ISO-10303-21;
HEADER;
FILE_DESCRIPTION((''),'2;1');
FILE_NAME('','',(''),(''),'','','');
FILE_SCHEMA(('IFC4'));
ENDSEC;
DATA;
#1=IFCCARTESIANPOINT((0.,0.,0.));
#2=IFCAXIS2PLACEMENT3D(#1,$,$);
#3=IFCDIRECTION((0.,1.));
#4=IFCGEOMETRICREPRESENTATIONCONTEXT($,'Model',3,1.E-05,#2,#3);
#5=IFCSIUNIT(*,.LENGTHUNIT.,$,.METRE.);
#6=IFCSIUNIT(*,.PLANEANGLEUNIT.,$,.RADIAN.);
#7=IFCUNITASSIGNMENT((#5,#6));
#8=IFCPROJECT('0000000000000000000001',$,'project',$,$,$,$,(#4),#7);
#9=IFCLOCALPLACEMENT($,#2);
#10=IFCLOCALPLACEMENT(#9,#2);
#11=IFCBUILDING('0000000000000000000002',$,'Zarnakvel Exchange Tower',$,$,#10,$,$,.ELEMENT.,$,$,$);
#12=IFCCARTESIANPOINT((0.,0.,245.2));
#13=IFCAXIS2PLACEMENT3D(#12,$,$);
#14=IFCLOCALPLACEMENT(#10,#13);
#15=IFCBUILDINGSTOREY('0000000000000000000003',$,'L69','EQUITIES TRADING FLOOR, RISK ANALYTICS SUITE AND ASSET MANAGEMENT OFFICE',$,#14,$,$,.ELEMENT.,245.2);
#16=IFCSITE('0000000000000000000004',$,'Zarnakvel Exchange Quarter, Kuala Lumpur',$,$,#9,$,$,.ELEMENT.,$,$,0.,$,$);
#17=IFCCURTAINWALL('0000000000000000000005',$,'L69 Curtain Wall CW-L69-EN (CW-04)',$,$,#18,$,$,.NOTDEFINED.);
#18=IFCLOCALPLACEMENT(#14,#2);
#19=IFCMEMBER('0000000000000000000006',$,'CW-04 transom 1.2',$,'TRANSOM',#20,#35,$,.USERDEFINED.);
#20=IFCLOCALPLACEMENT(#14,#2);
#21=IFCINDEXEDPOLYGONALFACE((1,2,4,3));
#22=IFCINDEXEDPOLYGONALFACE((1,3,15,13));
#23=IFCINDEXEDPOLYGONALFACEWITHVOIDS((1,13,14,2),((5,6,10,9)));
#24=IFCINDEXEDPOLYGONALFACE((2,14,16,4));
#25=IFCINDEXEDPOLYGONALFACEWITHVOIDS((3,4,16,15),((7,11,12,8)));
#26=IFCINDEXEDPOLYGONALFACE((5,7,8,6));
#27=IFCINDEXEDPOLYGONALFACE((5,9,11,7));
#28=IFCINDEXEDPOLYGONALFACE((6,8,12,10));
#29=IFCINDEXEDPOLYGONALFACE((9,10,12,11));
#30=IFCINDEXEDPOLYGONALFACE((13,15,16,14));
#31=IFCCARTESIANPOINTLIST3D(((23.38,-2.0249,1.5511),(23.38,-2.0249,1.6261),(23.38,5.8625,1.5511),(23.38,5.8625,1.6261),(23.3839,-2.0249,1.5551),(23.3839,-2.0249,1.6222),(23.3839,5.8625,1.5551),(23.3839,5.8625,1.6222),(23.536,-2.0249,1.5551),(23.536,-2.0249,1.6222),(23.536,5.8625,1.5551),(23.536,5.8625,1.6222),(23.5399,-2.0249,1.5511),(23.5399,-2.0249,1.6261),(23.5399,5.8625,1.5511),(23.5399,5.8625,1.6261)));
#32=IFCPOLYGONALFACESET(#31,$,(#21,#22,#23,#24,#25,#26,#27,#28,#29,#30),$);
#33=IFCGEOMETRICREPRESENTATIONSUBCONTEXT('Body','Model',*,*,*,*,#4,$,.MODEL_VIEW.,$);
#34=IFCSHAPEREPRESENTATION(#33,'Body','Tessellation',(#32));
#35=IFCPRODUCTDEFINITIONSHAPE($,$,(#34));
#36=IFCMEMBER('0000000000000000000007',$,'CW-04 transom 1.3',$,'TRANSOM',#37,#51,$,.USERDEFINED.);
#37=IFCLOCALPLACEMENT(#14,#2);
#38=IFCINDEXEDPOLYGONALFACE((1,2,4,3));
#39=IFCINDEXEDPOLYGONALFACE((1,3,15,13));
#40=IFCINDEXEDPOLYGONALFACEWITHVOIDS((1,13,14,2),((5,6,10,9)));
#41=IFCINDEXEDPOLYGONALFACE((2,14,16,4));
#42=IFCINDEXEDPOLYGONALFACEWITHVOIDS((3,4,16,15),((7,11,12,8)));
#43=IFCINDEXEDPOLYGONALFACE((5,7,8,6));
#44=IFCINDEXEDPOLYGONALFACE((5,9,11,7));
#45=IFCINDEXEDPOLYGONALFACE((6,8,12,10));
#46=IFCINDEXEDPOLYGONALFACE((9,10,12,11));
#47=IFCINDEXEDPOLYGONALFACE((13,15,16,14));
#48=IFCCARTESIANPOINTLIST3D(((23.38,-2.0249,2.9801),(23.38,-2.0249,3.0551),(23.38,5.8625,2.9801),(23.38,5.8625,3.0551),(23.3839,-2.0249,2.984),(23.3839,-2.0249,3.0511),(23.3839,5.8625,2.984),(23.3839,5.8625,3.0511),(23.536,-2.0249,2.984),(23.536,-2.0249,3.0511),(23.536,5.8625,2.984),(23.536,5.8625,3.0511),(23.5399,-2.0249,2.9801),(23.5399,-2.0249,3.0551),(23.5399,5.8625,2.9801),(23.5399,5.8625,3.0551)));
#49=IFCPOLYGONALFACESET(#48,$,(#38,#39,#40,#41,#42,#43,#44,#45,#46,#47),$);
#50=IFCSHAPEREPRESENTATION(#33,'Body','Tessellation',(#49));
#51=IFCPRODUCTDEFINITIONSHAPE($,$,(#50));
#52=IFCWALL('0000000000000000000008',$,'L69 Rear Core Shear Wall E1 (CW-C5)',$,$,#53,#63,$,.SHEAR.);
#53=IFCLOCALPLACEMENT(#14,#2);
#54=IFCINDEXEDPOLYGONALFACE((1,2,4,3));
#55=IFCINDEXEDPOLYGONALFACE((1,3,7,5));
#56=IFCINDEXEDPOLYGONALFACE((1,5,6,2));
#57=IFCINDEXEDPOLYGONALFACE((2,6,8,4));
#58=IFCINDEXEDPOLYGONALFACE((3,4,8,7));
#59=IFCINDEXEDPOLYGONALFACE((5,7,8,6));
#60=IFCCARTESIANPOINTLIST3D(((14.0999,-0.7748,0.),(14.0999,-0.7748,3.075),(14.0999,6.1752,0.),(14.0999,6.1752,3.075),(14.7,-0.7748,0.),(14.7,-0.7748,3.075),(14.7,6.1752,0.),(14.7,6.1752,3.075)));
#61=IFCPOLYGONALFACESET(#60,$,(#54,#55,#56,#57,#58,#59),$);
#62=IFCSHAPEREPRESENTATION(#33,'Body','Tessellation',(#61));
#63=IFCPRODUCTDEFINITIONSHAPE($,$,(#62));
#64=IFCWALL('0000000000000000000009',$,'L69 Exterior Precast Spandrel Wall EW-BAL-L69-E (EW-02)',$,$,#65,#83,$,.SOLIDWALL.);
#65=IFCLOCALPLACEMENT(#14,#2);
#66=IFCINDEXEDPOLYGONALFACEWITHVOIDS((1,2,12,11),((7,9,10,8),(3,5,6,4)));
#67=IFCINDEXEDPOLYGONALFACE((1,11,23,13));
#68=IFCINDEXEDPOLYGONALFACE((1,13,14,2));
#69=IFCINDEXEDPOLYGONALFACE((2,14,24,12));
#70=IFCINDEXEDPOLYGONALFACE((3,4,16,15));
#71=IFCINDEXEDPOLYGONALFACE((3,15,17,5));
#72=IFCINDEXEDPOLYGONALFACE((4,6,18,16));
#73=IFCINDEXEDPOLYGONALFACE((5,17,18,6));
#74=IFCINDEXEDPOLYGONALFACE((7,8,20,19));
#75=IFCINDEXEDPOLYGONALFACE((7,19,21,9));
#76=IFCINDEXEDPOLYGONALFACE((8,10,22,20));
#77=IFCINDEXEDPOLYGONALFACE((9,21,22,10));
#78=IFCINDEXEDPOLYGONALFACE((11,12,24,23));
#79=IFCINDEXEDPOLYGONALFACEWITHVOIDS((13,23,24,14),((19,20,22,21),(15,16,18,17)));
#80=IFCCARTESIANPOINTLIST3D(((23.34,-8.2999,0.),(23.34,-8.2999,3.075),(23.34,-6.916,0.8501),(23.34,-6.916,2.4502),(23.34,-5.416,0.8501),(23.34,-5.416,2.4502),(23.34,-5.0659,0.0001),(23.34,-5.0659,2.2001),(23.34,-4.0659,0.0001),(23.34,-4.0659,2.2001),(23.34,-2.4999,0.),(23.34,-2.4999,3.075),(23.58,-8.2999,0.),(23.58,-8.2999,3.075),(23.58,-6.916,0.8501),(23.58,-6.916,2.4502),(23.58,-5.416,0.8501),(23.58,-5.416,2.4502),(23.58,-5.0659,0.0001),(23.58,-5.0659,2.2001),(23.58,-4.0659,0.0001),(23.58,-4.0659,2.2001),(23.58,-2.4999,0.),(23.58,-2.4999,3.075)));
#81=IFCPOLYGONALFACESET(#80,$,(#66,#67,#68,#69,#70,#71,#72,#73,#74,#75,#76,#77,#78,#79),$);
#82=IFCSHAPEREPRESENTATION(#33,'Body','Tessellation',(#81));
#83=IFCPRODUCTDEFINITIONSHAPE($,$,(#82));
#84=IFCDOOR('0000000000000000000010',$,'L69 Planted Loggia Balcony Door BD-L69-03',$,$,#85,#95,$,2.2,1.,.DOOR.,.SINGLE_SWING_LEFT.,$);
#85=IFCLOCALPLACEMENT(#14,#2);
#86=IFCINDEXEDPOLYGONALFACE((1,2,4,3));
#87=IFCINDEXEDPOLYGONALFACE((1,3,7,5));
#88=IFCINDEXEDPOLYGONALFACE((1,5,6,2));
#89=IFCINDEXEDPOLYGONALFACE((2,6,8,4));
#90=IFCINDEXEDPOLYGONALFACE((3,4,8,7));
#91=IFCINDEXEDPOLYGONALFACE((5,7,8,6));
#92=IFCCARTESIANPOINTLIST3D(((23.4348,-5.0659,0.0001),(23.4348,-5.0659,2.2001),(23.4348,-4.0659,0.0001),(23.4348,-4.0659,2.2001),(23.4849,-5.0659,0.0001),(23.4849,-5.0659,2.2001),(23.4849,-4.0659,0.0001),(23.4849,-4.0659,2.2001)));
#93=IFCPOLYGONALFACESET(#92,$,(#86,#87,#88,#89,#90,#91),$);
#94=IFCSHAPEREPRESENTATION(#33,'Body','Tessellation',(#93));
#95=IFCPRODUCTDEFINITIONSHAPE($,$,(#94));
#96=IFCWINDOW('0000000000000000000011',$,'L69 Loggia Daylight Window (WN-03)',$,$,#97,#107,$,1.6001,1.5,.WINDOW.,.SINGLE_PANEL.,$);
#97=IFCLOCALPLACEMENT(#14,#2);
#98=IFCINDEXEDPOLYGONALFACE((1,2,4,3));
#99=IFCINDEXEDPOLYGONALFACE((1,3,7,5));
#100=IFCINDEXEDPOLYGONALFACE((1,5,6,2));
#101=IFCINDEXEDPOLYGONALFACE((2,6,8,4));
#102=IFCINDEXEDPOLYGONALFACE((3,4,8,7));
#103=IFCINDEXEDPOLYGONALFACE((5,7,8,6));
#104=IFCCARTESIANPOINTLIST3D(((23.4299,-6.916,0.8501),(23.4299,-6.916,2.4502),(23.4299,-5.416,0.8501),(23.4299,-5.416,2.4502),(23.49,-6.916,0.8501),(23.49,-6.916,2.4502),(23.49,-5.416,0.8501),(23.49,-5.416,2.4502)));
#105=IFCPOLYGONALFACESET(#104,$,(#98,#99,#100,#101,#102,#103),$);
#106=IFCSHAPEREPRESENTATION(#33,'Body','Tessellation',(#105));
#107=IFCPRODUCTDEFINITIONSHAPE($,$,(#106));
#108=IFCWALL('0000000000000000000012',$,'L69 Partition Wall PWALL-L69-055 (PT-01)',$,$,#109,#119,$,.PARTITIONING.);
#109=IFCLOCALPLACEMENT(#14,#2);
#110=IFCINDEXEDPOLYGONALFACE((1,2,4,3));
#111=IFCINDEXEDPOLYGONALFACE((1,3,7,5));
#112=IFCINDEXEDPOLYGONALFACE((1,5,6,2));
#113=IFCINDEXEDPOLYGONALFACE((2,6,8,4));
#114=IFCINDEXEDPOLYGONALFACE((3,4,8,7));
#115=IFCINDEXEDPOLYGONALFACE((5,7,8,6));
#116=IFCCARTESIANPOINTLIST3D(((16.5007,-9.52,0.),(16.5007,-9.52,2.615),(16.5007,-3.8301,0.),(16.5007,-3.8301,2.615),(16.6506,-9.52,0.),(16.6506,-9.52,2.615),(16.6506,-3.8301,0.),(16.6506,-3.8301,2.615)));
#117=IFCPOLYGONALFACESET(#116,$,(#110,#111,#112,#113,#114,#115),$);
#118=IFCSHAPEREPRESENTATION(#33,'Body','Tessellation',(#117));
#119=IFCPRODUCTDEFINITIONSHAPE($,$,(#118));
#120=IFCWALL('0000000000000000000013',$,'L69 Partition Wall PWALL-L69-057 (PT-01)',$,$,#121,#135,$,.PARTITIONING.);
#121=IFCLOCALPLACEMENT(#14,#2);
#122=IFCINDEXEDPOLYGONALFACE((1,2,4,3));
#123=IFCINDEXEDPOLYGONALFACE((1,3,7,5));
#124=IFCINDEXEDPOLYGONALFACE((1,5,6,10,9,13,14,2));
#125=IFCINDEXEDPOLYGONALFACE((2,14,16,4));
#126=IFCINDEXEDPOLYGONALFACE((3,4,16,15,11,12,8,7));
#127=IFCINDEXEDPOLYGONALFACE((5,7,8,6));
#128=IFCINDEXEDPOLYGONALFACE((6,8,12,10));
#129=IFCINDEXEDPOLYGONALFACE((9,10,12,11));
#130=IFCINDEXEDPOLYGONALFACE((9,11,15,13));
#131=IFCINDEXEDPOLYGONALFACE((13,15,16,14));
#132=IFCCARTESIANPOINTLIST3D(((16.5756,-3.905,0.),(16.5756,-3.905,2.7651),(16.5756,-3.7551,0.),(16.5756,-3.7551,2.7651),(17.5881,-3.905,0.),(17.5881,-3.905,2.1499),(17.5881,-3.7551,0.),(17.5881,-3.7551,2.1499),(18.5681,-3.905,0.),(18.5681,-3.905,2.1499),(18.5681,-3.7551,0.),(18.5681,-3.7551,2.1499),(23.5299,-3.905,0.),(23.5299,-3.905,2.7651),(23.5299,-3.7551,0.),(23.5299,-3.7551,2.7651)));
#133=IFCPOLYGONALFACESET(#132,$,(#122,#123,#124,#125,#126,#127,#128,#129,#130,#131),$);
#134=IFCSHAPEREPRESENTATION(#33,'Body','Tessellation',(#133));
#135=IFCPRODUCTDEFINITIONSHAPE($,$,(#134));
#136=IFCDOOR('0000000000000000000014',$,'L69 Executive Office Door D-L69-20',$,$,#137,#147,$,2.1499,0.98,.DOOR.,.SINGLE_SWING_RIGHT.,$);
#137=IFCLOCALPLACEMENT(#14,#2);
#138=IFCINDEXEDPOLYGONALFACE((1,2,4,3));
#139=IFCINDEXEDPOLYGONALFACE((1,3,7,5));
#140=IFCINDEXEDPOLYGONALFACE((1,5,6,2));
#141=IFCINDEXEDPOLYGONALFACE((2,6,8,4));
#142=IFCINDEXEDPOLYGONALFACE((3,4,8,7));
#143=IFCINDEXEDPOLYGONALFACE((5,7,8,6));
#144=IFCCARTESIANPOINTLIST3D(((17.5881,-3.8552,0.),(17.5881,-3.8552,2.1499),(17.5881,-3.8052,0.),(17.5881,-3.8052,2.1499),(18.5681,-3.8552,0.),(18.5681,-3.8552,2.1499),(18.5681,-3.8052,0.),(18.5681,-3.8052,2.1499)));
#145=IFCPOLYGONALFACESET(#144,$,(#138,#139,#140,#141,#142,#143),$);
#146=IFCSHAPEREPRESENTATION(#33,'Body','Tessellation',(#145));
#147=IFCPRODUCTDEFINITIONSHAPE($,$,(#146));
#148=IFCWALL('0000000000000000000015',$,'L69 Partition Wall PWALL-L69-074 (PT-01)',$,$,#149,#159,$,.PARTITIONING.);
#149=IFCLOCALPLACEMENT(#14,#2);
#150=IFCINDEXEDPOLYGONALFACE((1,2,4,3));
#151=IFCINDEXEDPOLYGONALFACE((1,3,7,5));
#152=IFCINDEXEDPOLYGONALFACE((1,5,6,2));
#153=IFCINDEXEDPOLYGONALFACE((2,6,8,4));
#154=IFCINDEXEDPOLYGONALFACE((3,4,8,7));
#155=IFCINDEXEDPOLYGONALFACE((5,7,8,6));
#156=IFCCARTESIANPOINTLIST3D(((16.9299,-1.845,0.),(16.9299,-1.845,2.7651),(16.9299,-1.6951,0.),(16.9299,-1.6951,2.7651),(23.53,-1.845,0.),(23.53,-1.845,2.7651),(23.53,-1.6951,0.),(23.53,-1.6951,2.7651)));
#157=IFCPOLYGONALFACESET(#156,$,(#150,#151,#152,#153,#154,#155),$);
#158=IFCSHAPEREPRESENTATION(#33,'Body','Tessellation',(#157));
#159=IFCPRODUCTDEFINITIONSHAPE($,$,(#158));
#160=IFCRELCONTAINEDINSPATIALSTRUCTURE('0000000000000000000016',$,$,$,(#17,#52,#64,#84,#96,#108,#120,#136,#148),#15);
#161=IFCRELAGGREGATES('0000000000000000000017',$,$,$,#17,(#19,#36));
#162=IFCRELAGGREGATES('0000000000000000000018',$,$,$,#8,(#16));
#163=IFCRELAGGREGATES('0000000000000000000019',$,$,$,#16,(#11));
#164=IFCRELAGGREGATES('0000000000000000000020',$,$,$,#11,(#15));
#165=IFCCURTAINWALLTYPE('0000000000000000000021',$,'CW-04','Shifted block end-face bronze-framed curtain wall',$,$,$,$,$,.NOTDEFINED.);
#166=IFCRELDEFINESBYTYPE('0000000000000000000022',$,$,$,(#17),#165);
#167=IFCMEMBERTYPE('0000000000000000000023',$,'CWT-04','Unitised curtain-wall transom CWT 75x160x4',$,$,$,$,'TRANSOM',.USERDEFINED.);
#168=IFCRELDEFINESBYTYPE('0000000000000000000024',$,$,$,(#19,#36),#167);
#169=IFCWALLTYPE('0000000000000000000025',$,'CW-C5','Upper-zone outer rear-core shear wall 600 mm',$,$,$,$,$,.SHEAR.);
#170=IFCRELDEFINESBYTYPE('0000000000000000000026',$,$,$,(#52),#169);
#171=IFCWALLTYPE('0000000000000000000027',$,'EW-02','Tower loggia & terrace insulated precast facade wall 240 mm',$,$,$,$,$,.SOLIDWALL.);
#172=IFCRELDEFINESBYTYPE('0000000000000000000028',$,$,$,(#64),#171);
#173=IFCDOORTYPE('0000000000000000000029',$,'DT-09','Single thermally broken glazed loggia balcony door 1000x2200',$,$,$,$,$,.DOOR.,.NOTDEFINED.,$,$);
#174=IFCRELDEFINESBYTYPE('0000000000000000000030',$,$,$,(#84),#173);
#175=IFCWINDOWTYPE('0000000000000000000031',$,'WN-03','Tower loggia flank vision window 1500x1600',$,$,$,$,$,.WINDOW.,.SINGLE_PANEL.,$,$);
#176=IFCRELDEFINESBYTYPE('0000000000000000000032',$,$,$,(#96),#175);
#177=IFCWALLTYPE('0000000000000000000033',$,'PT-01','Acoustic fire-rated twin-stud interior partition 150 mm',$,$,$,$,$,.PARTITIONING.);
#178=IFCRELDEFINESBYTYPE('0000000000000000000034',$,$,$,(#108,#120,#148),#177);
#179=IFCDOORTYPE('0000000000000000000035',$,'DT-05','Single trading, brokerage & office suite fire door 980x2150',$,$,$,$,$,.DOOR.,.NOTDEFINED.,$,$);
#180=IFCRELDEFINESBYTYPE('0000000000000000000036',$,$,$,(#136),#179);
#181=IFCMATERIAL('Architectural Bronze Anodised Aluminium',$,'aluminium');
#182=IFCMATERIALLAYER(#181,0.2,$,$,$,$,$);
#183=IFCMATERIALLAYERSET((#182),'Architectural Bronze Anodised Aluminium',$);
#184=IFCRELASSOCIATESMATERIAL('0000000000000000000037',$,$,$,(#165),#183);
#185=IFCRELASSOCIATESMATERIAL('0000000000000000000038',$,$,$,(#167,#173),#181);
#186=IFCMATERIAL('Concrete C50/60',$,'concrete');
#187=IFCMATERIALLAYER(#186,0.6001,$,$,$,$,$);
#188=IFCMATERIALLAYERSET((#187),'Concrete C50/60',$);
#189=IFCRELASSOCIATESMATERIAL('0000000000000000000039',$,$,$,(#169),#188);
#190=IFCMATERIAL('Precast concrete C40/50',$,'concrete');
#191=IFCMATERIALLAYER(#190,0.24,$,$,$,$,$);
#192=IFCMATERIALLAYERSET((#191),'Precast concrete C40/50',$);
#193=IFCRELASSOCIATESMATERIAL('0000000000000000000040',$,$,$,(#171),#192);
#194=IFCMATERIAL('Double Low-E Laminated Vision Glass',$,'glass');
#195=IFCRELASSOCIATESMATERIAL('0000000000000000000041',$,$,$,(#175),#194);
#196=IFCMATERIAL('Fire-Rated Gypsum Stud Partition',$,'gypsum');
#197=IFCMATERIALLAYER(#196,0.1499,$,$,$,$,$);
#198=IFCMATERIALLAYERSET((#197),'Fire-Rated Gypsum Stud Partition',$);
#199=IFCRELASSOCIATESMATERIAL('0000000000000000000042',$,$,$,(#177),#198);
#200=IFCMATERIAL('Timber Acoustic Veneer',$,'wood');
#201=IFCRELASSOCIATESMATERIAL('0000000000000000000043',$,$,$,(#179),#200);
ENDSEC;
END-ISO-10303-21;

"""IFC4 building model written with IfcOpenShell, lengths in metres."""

from ifc_helpers import new_model, si_unit, direction, frame, frame_2d, origin, origin_2d, place, context, subcontext, project, spatial, rectangle, hollow_rectangle, extrude, source, transform, mapped, material, layer, layer_set, material_profile, profile_set, type_object, element, fill, aggregate, save


model = new_model("IFC4")

# Units and contexts
model_context = context("Model", 3, precision=1e-05, world=origin(), true_north=direction((0.0, 1.0)))
body_context = subcontext(model_context, "Body", "Model", "MODEL_VIEW")
ifc_project = project(units=[si_unit("LENGTHUNIT", "METRE"), si_unit("PLANEANGLEUNIT", "RADIAN")], contexts=[model_context])

# Site, building, storey
site_placement = place(None, origin())
site = spatial("IfcSite", under=ifc_project, at=site_placement, Name="Zarnakvel Exchange Quarter, Kuala Lumpur", CompositionType="ELEMENT", RefElevation=0.0)
building_placement = place(site_placement, origin())
building = spatial("IfcBuilding", under=site, at=building_placement, Name="Zarnakvel Exchange Tower", CompositionType="ELEMENT")
storey_placement = place(building_placement, frame((0.0, 0.0, 245.2)))
storey = spatial("IfcBuildingStorey", under=building, at=storey_placement, Name="L69", Description="EQUITIES TRADING FLOOR, RISK ANALYTICS SUITE AND ASSET MANAGEMENT OFFICE", CompositionType="ELEMENT", Elevation=245.2)

# Shared definitions
ifc_material_1 = material(Name="Concrete C50/60", Category="concrete")

# Curtain wall, members
ifc_material_2 = material(Name="Architectural Bronze Anodised Aluminium", Category="aluminium")
ifc_layer_1 = layer(ifc_material_2, 0.2)
ifc_layer_set_1 = layer_set([ifc_layer_1], Name="Architectural Bronze Anodised Aluminium")
curtain_wall_type = type_object("IfcCurtainWallType", Name="CW-04", Description="Shifted block end-face bronze-framed curtain wall", PredefinedType="NOTDEFINED", material=ifc_layer_set_1)
curtain_wall_placement = place(storey_placement, origin())
curtain_wall = element("IfcCurtainWall", 1, at=curtain_wall_placement, inside=storey, type_object=curtain_wall_type, Name="L69 Curtain Wall CW-L69-EN (CW-04)", PredefinedType="NOTDEFINED")
ifc_material_profile_1 = material_profile(ifc_material_2, hollow_rectangle(XDim=0.1599, YDim=0.075, WallThickness=0.0039, at=origin_2d()))
ifc_profile_set_1 = profile_set([ifc_material_profile_1], Name="Architectural Bronze Anodised Aluminium")
member_type_1 = type_object("IfcMemberType", Name="CWT-04", Description="Unitised curtain-wall transom CWT 75x160x4", ElementType="TRANSOM", PredefinedType="USERDEFINED", material=ifc_profile_set_1)
shared_shape_1 = source(origin(), body_context, "Body", "SweptSolid", [
    extrude(hollow_rectangle(XDim=0.1599, YDim=0.075, WallThickness=0.0039, at=origin_2d()), origin(), (0.0, 0.0, 1.0), 7.8875),
])
member_1_placement = place(storey_placement, frame((23.46, -2.0249, 1.5886), z_axis=(0.0, 1.0, 0.0), x_axis=(-1.0, 0.0, 0.0)))
member_1 = element("IfcMember", 2, at=member_1_placement, type_object=member_type_1, Name="CW-04 transom 1.2", ObjectType="TRANSOM", PredefinedType="USERDEFINED", context=body_context, shape_type="MappedRepresentation", body=[
    mapped(shared_shape_1, transform((0.0, 0.0, 0.0), x_axis=(1.0, 0.0, 0.0), y_axis=(0.0, 1.0, 0.0), z_axis=(0.0, 0.0, 1.0), scale=1.0)),
])
member_2_placement = place(storey_placement, frame((23.46, -2.0249, 3.0176), z_axis=(0.0, 1.0, 0.0), x_axis=(-1.0, 0.0, 0.0)))
member_2 = element("IfcMember", 3, at=member_2_placement, type_object=member_type_1, Name="CW-04 transom 1.3", ObjectType="TRANSOM", PredefinedType="USERDEFINED", context=body_context, shape_type="MappedRepresentation", body=[
    mapped(shared_shape_1, transform((0.0, 0.0, 0.0), x_axis=(1.0, 0.0, 0.0), y_axis=(0.0, 1.0, 0.0), z_axis=(0.0, 0.0, 1.0), scale=1.0)),
])
aggregate(curtain_wall, [member_1, member_2])

# Wall
ifc_layer_2 = layer(ifc_material_1, 0.6001)
ifc_layer_set_2 = layer_set([ifc_layer_2], Name="Concrete C50/60")
wall_type_1 = type_object("IfcWallType", Name="CW-C5", Description="Upper-zone outer rear-core shear wall 600 mm", PredefinedType="SHEAR", material=ifc_layer_set_2)
wall_1_placement = place(storey_placement, frame((14.3999, -0.7749, 0.0), z_axis=(0.0, 0.0, 1.0), x_axis=(0.0, 1.0, 0.0)))
element("IfcWall", 4, at=wall_1_placement, inside=storey, type_object=wall_type_1, Name="L69 Rear Core Shear Wall E1 (CW-C5)", PredefinedType="SHEAR", context=body_context, shape_type="SweptSolid", body=[
    extrude(rectangle(XDim=6.95, YDim=0.6001, at=frame_2d((3.4751, 0.0))), origin(), (0.0, 0.0, 1.0), 3.075),
])

# Wall, openings, door, window
ifc_material_3 = material(Name="Precast concrete C40/50", Category="concrete")
ifc_layer_3 = layer(ifc_material_3, 0.24)
ifc_layer_set_3 = layer_set([ifc_layer_3], Name="Precast concrete C40/50")
wall_type_2 = type_object("IfcWallType", Name="EW-02", Description="Tower loggia & terrace insulated precast facade wall 240 mm", PredefinedType="SOLIDWALL", material=ifc_layer_set_3)
wall_2_placement = place(storey_placement, frame((23.46, -2.5, 0.0), z_axis=(0.0, 0.0, 1.0), x_axis=(0.0, -1.0, 0.0)))
wall_2 = element("IfcWall", 5, at=wall_2_placement, inside=storey, type_object=wall_type_2, Name="L69 Exterior Precast Spandrel Wall EW-BAL-L69-E (EW-02)", PredefinedType="SOLIDWALL", context=body_context, shape_type="SweptSolid", body=[
    extrude(rectangle(XDim=5.8, YDim=0.24, at=frame_2d((2.8999, 0.0))), origin(), (0.0, 0.0, 1.0), 3.075),
])
opening_1_placement = place(wall_2_placement, frame((1.5659, 0.0, 0.0)))
opening_1 = element("IfcOpeningElement", 6, at=opening_1_placement, cuts=wall_2, PredefinedType="OPENING", context=body_context, shape_type="SweptSolid", body=[
    extrude(rectangle(XDim=1.0, YDim=2.2, at=frame_2d((0.5, 1.1001))), frame((0.0, 0.1299, 0.0), z_axis=(0.0, -1.0, 0.0), x_axis=(1.0, 0.0, 0.0)), (0.0, 0.0, 1.0), 0.26),
])
opening_2_placement = place(wall_2_placement, frame((2.916, 0.0, 0.8501)))
opening_2 = element("IfcOpeningElement", 7, at=opening_2_placement, cuts=wall_2, PredefinedType="OPENING", context=body_context, shape_type="SweptSolid", body=[
    extrude(rectangle(XDim=1.5, YDim=1.6001, at=frame_2d((0.75, 0.8))), frame((0.0, 0.1299, 0.0), z_axis=(0.0, -1.0, 0.0), x_axis=(1.0, 0.0, 0.0)), (0.0, 0.0, 1.0), 0.26),
])
door_type_1 = type_object("IfcDoorType", Name="DT-09", Description="Single thermally broken glazed loggia balcony door 1000x2200", OperationType="NOTDEFINED", PredefinedType="DOOR", material=ifc_material_2)
shared_shape_2 = source(origin(), body_context, "Body", "SweptSolid", [
    extrude(rectangle(XDim=1.0, YDim=2.2, at=frame_2d((0.5, 1.1001))), frame((0.0, 0.0249, 0.0), z_axis=(0.0, -1.0, 0.0), x_axis=(1.0, 0.0, 0.0)), (0.0, 0.0, 1.0), 0.05),
])
door_1_placement = place(opening_1_placement, origin())
door_1 = element("IfcDoor", 8, at=door_1_placement, inside=storey, type_object=door_type_1, Name="L69 Planted Loggia Balcony Door BD-L69-03", OperationType="SINGLE_SWING_LEFT", OverallHeight=2.2, OverallWidth=1.0, PredefinedType="DOOR", context=body_context, shape_type="MappedRepresentation", body=[
    mapped(shared_shape_2, transform((0.0, 0.0, 0.0), x_axis=(1.0, 0.0, 0.0), y_axis=(0.0, 1.0, 0.0), z_axis=(0.0, 0.0, 1.0), scale=1.0)),
])
fill(opening_1, door_1)
ifc_material_4 = material(Name="Double Low-E Laminated Vision Glass", Category="glass")
window_type = type_object("IfcWindowType", Name="WN-03", Description="Tower loggia flank vision window 1500x1600", PartitioningType="SINGLE_PANEL", PredefinedType="WINDOW", material=ifc_material_4)
shared_shape_3 = source(origin(), body_context, "Body", "SweptSolid", [
    extrude(rectangle(XDim=1.5, YDim=1.6001, at=frame_2d((0.75, 0.8))), frame((0.0, 0.03, 0.0), z_axis=(0.0, -1.0, 0.0), x_axis=(1.0, 0.0, 0.0)), (0.0, 0.0, 1.0), 0.0601),
])
window_placement = place(opening_2_placement, origin())
window = element("IfcWindow", 9, at=window_placement, inside=storey, type_object=window_type, Name="L69 Loggia Daylight Window (WN-03)", OverallHeight=1.6001, OverallWidth=1.5, PartitioningType="SINGLE_PANEL", PredefinedType="WINDOW", context=body_context, shape_type="MappedRepresentation", body=[
    mapped(shared_shape_3, transform((0.0, 0.0, 0.0), x_axis=(1.0, 0.0, 0.0), y_axis=(0.0, 1.0, 0.0), z_axis=(0.0, 0.0, 1.0), scale=1.0)),
])
fill(opening_2, window)

# Shared definitions
ifc_material_5 = material(Name="Fire-Rated Gypsum Stud Partition", Category="gypsum")
ifc_layer_4 = layer(ifc_material_5, 0.1499)
ifc_layer_set_4 = layer_set([ifc_layer_4], Name="Fire-Rated Gypsum Stud Partition")
wall_type_3 = type_object("IfcWallType", Name="PT-01", Description="Acoustic fire-rated twin-stud interior partition 150 mm", PredefinedType="PARTITIONING", material=ifc_layer_set_4)
ifc_material_6 = material(Name="Timber Acoustic Veneer", Category="wood")
door_type_2 = type_object("IfcDoorType", Name="DT-05", Description="Single trading, brokerage & office suite fire door 980x2150", OperationType="NOTDEFINED", PredefinedType="DOOR", material=ifc_material_6)
shared_shape_4 = source(origin(), body_context, "Body", "SweptSolid", [
    extrude(rectangle(XDim=0.98, YDim=2.1499, at=frame_2d((0.49, 1.075))), frame((0.0, 0.0249, 0.0), z_axis=(0.0, -1.0, 0.0), x_axis=(1.0, 0.0, 0.0)), (0.0, 0.0, 1.0), 0.05),
])

# Wall
wall_3_placement = place(storey_placement, frame((16.5757, -3.8301, 0.0), z_axis=(0.0, 0.0, 1.0), x_axis=(0.0, -1.0, 0.0)))
element("IfcWall", 10, at=wall_3_placement, inside=storey, type_object=wall_type_3, Name="L69 Partition Wall PWALL-L69-055 (PT-01)", PredefinedType="PARTITIONING", context=body_context, shape_type="SweptSolid", body=[
    extrude(rectangle(XDim=5.6899, YDim=0.1499, at=frame_2d((2.845, 0.0))), origin(), (0.0, 0.0, 1.0), 2.615),
])

# Wall, opening, door
wall_4_placement = place(storey_placement, frame((16.5757, -3.8301, 0.0), z_axis=(0.0, 0.0, 1.0), x_axis=(1.0, 0.0, 0.0)))
wall_4 = element("IfcWall", 11, at=wall_4_placement, inside=storey, type_object=wall_type_3, Name="L69 Partition Wall PWALL-L69-057 (PT-01)", PredefinedType="PARTITIONING", context=body_context, shape_type="SweptSolid", body=[
    extrude(rectangle(XDim=6.9543, YDim=0.1499, at=frame_2d((3.4771, 0.0))), origin(), (0.0, 0.0, 1.0), 2.7651),
])
opening_3_placement = place(wall_4_placement, frame((1.0125, 0.0, 0.0)))
opening_3 = element("IfcOpeningElement", 12, at=opening_3_placement, cuts=wall_4, PredefinedType="OPENING", context=body_context, shape_type="SweptSolid", body=[
    extrude(rectangle(XDim=0.98, YDim=2.1499, at=frame_2d((0.49, 1.075))), frame((0.0, 0.085, 0.0), z_axis=(0.0, -1.0, 0.0), x_axis=(1.0, 0.0, 0.0)), (0.0, 0.0, 1.0), 0.1699),
])
door_2_placement = place(opening_3_placement, origin())
door_2 = element("IfcDoor", 13, at=door_2_placement, inside=storey, type_object=door_type_2, Name="L69 Executive Office Door D-L69-20", OperationType="SINGLE_SWING_RIGHT", OverallHeight=2.1499, OverallWidth=0.98, PredefinedType="DOOR", context=body_context, shape_type="MappedRepresentation", body=[
    mapped(shared_shape_4, transform((0.0, 0.0, 0.0), x_axis=(1.0, 0.0, 0.0), y_axis=(0.0, 1.0, 0.0), z_axis=(0.0, 0.0, 1.0), scale=1.0)),
])
fill(opening_3, door_2)

# Wall
wall_5_placement = place(storey_placement, frame((23.53, -1.77, 0.0), z_axis=(0.0, 0.0, 1.0), x_axis=(-1.0, 0.0, 0.0)))
element("IfcWall", 14, at=wall_5_placement, inside=storey, type_object=wall_type_3, Name="L69 Partition Wall PWALL-L69-074 (PT-01)", PredefinedType="PARTITIONING", context=body_context, shape_type="SweptSolid", body=[
    extrude(rectangle(XDim=6.6001, YDim=0.1499, at=frame_2d((3.3, 0.0))), origin(), (0.0, 0.0, 1.0), 2.7651),
])

save(model, "model.ifc")
